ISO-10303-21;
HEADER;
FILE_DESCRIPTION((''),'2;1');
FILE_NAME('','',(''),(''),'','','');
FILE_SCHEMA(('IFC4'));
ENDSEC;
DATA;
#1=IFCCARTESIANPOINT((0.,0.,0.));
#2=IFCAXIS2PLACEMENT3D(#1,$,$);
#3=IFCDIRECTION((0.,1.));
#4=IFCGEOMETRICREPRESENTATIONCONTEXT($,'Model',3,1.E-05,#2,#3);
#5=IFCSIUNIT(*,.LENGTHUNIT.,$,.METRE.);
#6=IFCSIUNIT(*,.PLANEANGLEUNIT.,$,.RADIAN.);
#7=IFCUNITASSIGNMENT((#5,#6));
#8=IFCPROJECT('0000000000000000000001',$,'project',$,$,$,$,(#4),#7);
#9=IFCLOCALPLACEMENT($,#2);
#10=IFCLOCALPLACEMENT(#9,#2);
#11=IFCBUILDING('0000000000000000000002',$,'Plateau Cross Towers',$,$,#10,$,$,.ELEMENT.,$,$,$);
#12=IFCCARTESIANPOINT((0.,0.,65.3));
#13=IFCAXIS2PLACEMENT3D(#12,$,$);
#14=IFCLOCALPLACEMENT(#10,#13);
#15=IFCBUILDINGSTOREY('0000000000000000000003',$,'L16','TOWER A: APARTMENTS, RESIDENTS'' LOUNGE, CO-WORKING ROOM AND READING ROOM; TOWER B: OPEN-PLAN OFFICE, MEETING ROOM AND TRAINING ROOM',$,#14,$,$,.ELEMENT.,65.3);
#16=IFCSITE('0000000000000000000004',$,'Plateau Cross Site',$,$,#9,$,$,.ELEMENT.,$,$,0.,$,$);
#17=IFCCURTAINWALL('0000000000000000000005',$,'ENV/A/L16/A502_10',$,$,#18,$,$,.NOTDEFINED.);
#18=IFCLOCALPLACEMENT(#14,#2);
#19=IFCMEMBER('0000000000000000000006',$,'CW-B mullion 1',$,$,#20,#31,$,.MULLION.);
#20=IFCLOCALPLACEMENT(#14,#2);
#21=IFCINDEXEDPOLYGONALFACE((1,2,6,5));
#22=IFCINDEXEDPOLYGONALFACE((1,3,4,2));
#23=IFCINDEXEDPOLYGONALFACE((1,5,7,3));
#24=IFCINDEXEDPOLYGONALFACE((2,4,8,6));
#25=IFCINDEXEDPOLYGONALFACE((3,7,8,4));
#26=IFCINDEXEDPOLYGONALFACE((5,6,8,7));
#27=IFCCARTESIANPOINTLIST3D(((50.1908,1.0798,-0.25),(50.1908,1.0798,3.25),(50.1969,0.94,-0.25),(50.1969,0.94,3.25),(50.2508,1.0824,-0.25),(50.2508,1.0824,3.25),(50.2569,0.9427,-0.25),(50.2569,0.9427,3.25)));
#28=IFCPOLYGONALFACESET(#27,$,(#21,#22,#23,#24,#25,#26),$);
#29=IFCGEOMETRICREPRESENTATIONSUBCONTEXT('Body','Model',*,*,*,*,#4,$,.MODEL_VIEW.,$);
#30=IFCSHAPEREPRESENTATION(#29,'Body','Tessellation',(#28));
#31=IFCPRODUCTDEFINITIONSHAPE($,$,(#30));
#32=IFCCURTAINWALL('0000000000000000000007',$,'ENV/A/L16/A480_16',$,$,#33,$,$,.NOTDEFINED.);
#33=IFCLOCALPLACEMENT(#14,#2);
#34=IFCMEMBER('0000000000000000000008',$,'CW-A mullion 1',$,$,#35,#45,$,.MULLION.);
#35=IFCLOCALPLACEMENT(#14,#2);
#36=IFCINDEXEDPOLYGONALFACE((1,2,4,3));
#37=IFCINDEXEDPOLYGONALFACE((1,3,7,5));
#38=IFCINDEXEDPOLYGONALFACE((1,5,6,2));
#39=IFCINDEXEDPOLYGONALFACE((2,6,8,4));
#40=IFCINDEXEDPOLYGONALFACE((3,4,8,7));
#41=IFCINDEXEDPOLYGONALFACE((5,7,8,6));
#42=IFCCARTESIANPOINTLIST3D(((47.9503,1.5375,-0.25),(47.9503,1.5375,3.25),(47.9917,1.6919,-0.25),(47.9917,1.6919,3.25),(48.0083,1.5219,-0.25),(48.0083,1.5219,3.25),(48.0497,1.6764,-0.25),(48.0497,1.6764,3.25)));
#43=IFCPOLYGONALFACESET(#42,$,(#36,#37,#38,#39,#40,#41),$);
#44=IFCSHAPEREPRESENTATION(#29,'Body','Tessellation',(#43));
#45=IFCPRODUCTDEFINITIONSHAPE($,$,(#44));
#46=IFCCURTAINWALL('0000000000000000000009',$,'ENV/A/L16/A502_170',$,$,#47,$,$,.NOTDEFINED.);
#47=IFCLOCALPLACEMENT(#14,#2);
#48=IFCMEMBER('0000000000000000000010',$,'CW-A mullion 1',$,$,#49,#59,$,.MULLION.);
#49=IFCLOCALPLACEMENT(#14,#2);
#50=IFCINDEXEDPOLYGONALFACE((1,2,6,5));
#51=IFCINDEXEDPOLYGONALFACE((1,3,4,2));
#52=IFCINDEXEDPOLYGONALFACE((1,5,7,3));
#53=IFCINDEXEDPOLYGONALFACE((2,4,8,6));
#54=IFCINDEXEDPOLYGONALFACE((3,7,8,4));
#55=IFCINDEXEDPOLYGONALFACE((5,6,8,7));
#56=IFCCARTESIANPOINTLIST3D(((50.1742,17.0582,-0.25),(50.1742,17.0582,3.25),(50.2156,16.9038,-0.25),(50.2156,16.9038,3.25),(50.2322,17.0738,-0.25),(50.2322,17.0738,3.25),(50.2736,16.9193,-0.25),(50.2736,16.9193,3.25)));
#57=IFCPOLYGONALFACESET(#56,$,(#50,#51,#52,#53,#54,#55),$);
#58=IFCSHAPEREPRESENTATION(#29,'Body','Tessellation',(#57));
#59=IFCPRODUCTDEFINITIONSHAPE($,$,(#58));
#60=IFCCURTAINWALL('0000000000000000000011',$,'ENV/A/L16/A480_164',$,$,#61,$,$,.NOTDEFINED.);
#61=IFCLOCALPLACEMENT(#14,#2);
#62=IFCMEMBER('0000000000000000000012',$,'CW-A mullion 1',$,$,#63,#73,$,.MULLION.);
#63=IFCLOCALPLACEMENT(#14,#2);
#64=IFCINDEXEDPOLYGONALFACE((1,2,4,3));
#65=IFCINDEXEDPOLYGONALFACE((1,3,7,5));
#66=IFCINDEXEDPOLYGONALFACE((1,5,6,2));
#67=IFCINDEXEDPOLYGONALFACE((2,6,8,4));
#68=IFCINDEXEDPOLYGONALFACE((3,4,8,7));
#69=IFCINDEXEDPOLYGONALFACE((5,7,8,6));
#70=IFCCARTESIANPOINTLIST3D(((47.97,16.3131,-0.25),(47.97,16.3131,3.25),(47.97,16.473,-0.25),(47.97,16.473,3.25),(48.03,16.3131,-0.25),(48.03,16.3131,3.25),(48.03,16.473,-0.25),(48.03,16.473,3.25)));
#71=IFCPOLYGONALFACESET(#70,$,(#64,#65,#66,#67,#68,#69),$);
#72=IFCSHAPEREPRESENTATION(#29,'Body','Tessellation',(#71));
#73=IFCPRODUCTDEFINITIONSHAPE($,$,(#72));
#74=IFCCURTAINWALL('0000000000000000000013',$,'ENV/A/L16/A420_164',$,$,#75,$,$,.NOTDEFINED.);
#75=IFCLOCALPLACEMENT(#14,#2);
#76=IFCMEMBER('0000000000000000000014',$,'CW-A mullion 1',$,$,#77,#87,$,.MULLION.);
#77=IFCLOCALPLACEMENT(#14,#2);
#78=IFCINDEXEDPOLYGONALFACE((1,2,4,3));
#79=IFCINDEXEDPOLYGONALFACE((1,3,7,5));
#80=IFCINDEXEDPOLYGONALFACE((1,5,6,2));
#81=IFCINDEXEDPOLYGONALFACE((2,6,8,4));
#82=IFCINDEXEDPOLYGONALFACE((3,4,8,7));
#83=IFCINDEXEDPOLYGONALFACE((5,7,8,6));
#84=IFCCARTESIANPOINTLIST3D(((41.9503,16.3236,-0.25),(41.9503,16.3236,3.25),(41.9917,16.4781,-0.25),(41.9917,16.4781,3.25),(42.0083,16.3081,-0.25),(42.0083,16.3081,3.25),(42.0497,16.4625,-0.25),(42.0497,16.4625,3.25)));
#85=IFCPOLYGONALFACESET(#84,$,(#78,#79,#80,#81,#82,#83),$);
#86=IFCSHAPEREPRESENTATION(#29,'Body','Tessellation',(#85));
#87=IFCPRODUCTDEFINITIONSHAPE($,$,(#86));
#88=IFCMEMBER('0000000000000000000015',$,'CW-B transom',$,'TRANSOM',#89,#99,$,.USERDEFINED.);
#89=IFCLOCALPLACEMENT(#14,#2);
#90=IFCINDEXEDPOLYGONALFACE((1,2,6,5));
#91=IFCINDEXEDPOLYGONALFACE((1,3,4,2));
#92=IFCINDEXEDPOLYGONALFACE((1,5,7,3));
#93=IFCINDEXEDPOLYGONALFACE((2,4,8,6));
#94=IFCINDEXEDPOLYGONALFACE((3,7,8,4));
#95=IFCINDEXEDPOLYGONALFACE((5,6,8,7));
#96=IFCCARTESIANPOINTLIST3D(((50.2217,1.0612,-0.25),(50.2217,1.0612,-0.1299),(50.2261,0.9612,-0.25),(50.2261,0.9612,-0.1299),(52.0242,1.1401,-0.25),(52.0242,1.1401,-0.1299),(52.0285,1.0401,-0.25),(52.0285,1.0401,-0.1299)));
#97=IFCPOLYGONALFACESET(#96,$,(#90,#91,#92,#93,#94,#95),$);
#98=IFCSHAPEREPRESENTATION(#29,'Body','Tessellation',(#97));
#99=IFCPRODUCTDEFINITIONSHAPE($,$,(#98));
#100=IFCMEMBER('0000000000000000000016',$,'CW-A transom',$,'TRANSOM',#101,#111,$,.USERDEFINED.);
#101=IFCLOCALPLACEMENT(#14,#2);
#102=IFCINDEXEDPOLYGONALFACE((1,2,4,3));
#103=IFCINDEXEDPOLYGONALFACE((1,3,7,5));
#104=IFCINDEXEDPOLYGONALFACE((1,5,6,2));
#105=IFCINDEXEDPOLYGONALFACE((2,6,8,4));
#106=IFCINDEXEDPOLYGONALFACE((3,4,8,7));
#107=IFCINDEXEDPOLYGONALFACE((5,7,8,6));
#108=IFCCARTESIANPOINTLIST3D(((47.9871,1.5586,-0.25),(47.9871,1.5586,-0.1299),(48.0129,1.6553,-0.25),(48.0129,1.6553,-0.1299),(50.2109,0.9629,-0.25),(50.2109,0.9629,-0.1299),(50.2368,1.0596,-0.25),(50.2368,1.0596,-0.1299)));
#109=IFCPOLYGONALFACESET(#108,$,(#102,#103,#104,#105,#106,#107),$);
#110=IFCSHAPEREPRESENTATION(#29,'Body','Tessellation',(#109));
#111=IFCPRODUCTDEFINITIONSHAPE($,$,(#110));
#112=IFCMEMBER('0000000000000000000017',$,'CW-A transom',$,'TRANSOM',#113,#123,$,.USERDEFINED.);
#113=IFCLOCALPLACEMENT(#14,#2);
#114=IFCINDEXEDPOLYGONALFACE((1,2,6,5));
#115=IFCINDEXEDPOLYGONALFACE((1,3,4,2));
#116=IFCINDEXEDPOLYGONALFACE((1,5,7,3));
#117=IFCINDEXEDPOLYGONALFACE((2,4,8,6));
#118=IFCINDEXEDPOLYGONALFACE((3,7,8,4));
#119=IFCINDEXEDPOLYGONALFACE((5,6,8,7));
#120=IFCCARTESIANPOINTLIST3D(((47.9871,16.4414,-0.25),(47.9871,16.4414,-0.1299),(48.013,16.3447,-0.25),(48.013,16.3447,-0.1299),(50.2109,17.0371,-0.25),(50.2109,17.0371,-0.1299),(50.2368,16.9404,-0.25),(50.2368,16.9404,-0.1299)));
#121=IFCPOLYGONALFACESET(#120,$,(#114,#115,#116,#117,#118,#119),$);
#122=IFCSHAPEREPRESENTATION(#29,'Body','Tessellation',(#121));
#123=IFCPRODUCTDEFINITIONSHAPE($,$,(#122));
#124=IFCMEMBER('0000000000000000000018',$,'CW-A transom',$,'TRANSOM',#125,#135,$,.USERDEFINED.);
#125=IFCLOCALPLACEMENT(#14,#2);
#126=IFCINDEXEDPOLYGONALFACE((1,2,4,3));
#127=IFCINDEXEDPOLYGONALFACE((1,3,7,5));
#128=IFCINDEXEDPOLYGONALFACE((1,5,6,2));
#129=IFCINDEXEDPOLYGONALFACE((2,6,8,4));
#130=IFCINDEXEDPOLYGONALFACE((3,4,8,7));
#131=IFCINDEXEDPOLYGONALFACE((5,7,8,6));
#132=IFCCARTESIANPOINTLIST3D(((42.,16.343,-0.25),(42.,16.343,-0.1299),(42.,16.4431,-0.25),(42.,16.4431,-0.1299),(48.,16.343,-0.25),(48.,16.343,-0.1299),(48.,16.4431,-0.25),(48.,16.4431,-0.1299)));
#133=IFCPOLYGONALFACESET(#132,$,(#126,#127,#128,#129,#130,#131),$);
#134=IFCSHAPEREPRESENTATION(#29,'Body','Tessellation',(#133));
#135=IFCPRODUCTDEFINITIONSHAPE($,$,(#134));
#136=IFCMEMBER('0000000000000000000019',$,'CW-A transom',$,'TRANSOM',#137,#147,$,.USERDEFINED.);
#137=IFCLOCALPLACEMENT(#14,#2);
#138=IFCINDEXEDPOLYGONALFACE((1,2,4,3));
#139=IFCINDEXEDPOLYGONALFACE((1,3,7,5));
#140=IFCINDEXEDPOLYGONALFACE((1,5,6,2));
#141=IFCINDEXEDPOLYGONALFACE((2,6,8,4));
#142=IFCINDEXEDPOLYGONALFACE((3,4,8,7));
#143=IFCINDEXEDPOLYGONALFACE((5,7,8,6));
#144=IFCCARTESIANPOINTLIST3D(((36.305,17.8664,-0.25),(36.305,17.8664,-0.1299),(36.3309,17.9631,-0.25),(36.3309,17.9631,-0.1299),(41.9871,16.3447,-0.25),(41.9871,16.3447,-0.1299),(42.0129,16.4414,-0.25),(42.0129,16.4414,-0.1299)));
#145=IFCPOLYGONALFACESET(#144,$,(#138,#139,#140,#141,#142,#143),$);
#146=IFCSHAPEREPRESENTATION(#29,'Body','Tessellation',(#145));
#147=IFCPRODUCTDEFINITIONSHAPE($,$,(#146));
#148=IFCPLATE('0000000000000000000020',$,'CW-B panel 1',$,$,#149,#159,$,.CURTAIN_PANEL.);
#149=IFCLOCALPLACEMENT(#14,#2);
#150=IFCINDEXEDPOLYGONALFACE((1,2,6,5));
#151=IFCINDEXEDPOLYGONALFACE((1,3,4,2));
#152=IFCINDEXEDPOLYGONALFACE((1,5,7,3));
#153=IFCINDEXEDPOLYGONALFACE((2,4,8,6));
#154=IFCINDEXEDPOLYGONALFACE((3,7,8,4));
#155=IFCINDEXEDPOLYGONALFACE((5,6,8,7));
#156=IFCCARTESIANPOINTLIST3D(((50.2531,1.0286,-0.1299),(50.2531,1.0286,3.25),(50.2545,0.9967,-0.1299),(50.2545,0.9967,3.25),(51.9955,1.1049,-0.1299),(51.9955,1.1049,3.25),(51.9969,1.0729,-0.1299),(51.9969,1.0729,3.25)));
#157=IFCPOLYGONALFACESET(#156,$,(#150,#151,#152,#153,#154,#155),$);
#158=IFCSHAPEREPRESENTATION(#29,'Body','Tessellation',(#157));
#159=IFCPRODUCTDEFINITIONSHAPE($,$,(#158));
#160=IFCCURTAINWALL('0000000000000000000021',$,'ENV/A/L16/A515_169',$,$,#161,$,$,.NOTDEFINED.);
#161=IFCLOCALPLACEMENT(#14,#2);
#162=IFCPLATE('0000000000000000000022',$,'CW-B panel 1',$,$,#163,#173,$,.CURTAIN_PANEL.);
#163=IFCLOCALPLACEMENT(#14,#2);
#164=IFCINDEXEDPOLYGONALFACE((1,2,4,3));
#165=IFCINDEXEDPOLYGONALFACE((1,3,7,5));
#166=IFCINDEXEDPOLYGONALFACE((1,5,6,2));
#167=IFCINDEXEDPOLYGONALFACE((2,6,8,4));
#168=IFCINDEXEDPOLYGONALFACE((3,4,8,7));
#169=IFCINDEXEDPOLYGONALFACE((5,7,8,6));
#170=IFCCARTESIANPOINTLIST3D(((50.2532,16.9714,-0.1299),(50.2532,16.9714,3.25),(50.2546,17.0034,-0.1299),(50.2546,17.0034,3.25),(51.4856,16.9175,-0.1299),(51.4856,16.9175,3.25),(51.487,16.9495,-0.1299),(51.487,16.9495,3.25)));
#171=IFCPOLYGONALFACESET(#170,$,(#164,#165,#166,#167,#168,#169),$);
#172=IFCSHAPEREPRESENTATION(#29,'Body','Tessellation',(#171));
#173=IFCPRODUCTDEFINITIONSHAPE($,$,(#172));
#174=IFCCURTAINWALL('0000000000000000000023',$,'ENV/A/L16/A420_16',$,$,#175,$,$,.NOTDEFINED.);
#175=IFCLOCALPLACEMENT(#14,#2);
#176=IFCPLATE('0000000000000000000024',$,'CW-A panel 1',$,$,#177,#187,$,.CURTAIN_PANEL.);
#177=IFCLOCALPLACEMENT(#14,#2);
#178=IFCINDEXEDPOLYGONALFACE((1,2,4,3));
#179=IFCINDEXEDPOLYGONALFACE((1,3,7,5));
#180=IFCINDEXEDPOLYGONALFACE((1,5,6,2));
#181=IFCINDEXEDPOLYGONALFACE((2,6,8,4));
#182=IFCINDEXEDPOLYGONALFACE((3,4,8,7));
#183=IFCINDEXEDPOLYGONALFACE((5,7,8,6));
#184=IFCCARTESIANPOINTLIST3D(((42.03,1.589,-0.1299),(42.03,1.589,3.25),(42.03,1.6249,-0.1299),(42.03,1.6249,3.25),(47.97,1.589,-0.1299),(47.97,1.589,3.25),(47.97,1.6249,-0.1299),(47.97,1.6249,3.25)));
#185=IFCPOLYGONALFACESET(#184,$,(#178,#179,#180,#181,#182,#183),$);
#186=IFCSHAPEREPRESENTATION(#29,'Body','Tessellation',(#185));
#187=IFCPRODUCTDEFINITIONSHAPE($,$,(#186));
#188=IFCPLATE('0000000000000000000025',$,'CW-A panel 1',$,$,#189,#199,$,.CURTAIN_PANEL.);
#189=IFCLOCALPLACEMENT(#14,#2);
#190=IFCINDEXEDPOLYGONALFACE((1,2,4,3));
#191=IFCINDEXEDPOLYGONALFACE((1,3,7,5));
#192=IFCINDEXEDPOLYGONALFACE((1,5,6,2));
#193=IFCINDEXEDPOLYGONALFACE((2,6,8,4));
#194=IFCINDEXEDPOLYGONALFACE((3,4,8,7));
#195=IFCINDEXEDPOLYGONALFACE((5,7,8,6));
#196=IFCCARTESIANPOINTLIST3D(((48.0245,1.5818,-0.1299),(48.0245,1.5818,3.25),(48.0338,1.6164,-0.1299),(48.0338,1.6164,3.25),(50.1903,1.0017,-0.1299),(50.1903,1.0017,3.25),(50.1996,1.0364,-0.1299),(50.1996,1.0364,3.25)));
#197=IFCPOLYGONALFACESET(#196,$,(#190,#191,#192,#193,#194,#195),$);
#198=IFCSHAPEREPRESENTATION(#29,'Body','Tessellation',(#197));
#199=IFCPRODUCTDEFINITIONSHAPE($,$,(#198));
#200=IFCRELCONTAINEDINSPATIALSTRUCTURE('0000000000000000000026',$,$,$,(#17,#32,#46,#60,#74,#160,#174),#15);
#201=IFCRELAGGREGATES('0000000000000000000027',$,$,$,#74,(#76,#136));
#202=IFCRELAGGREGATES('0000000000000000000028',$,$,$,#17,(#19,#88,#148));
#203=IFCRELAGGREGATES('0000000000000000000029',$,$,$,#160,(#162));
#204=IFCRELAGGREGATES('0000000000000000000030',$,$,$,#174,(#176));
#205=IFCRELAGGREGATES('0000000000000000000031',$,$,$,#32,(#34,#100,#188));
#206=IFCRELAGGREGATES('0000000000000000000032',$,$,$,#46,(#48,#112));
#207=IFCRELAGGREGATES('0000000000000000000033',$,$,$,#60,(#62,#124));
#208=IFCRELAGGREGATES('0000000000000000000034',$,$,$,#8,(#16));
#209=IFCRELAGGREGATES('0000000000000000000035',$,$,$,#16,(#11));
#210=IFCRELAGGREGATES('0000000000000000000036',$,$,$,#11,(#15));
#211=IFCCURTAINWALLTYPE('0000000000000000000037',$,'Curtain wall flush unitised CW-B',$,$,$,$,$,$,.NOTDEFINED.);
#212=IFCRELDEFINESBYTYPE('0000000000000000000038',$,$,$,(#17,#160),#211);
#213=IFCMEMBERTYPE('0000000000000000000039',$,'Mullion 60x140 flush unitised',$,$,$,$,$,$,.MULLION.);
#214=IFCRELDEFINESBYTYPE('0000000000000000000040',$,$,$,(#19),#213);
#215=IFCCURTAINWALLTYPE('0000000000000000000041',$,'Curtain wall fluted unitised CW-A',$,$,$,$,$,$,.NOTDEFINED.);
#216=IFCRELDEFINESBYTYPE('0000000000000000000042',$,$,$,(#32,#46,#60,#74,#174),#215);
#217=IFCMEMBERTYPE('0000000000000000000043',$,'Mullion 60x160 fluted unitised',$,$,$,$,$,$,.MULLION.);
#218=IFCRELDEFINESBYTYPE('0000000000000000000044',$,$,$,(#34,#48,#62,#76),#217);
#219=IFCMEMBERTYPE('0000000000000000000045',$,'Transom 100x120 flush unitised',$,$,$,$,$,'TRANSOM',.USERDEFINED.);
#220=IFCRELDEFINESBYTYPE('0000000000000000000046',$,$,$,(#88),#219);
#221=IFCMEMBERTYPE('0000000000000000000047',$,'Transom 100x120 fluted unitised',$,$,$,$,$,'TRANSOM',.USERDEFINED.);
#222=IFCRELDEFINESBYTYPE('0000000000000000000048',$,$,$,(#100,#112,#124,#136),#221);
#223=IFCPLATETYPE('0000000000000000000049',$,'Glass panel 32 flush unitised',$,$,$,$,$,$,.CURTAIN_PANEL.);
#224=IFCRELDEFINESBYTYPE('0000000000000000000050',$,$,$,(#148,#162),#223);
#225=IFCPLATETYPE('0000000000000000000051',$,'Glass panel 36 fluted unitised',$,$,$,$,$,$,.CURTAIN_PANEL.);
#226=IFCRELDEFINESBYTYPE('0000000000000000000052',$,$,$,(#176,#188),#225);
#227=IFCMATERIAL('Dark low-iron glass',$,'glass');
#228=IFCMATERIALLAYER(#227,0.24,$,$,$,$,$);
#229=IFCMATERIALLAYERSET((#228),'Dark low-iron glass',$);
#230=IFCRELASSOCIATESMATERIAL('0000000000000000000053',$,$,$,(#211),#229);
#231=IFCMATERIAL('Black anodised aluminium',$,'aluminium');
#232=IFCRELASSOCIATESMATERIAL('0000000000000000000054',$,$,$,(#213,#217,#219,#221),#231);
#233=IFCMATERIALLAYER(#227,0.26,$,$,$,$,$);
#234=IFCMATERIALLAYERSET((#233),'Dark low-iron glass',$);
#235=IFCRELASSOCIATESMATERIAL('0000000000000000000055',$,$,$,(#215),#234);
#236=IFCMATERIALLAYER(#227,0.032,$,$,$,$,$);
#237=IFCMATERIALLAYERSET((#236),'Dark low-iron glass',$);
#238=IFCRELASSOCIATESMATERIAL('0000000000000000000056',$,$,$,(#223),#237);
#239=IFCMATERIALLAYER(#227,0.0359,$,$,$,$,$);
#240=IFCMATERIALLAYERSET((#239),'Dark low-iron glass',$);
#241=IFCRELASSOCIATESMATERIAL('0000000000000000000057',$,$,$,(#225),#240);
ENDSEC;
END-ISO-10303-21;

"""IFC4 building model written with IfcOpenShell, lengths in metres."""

from ifc_helpers import new_model, si_unit, direction, frame, origin, origin_2d, place, context, subcontext, project, spatial, rectangle, extrude, material, layer, layer_set, material_profile, profile_set, type_object, element, aggregate, save


model = new_model("IFC4")

# Units and contexts
model_context = context("Model", 3, precision=1e-05, world=origin(), true_north=direction((0.0, 1.0)))
body_context = subcontext(model_context, "Body", "Model", "MODEL_VIEW")
ifc_project = project(units=[si_unit("LENGTHUNIT", "METRE"), si_unit("PLANEANGLEUNIT", "RADIAN")], contexts=[model_context])

# Site, building, storey
site_placement = place(None, origin())
site = spatial("IfcSite", under=ifc_project, at=site_placement, Name="Plateau Cross Site", CompositionType="ELEMENT", RefElevation=0.0)
building_placement = place(site_placement, origin())
building = spatial("IfcBuilding", under=site, at=building_placement, Name="Plateau Cross Towers", CompositionType="ELEMENT")
storey_placement = place(building_placement, frame((0.0, 0.0, 65.3)))
storey = spatial("IfcBuildingStorey", under=building, at=storey_placement, Name="L16", Description="TOWER A: APARTMENTS, RESIDENTS' LOUNGE, CO-WORKING ROOM AND READING ROOM; TOWER B: OPEN-PLAN OFFICE, MEETING ROOM AND TRAINING ROOM", CompositionType="ELEMENT", Elevation=65.3)

# Curtain walls, members
ifc_material_1 = material(Name="Dark low-iron glass", Category="glass")
ifc_layer_1 = layer(ifc_material_1, 0.24)
ifc_layer_set_1 = layer_set([ifc_layer_1], Name="Dark low-iron glass")
curtain_wall_type_1 = type_object("IfcCurtainWallType", Name="Curtain wall flush unitised CW-B", PredefinedType="NOTDEFINED", material=ifc_layer_set_1)
curtain_wall_1_placement = place(storey_placement, origin())
curtain_wall_1 = element("IfcCurtainWall", 1, at=curtain_wall_1_placement, inside=storey, type_object=curtain_wall_type_1, Name="ENV/A/L16/A502_10", PredefinedType="NOTDEFINED")
ifc_material_2 = material(Name="Black anodised aluminium", Category="aluminium")
ifc_material_profile_1 = material_profile(ifc_material_2, rectangle(XDim=0.0601, YDim=0.1399, at=origin_2d()), Name="MULLION 60x140")
ifc_profile_set_1 = profile_set([ifc_material_profile_1], Name="Black anodised aluminium")
member_type_1 = type_object("IfcMemberType", Name="Mullion 60x140 flush unitised", PredefinedType="MULLION", material=ifc_profile_set_1)
member_1_placement = place(storey_placement, frame((50.2239, 1.0112, -0.25), z_axis=(0.0, 0.0, 1.0), x_axis=(0.999044, 0.043723, 0.0)))
member_1 = element("IfcMember", 2, at=member_1_placement, type_object=member_type_1, Name="CW-B mullion 1", PredefinedType="MULLION", context=body_context, shape_type="SweptSolid", body=[
    extrude(rectangle(XDim=0.0601, YDim=0.1399, at=origin_2d()), origin(), (0.0, 0.0, 1.0), 3.5),
])
ifc_layer_2 = layer(ifc_material_1, 0.26)
ifc_layer_set_2 = layer_set([ifc_layer_2], Name="Dark low-iron glass")
curtain_wall_type_2 = type_object("IfcCurtainWallType", Name="Curtain wall fluted unitised CW-A", PredefinedType="NOTDEFINED", material=ifc_layer_set_2)
curtain_wall_2_placement = place(storey_placement, origin())
curtain_wall_2 = element("IfcCurtainWall", 3, at=curtain_wall_2_placement, inside=storey, type_object=curtain_wall_type_2, Name="ENV/A/L16/A480_16", PredefinedType="NOTDEFINED")
ifc_material_profile_2 = material_profile(ifc_material_2, rectangle(XDim=0.0601, YDim=0.1599, at=origin_2d()), Name="MULLION 60x160")
ifc_profile_set_2 = profile_set([ifc_material_profile_2], Name="Black anodised aluminium")
member_type_2 = type_object("IfcMemberType", Name="Mullion 60x160 fluted unitised", PredefinedType="MULLION", material=ifc_profile_set_2)
member_2_placement = place(storey_placement, frame((48.0, 1.6069, -0.25), z_axis=(0.0, 0.0, 1.0), x_axis=(0.965958, -0.258699, 0.0)))
member_2 = element("IfcMember", 4, at=member_2_placement, type_object=member_type_2, Name="CW-A mullion 1", PredefinedType="MULLION", context=body_context, shape_type="SweptSolid", body=[
    extrude(rectangle(XDim=0.0601, YDim=0.1599, at=origin_2d()), origin(), (0.0, 0.0, 1.0), 3.5),
])
curtain_wall_3_placement = place(storey_placement, origin())
curtain_wall_3 = element("IfcCurtainWall", 5, at=curtain_wall_3_placement, inside=storey, type_object=curtain_wall_type_2, Name="ENV/A/L16/A502_170", PredefinedType="NOTDEFINED")
member_3_placement = place(storey_placement, frame((50.2239, 16.9888, -0.25), z_axis=(0.0, 0.0, 1.0), x_axis=(-0.965958, -0.258699, 0.0)))
member_3 = element("IfcMember", 6, at=member_3_placement, type_object=member_type_2, Name="CW-A mullion 1", PredefinedType="MULLION", context=body_context, shape_type="SweptSolid", body=[
    extrude(rectangle(XDim=0.0601, YDim=0.1599, at=origin_2d()), origin(), (0.0, 0.0, 1.0), 3.5),
])
curtain_wall_4_placement = place(storey_placement, origin())
curtain_wall_4 = element("IfcCurtainWall", 7, at=curtain_wall_4_placement, inside=storey, type_object=curtain_wall_type_2, Name="ENV/A/L16/A480_164", PredefinedType="NOTDEFINED")
member_4_placement = place(storey_placement, frame((48.0, 16.3931, -0.25), z_axis=(0.0, 0.0, 1.0), x_axis=(-1.0, 0.0, 0.0)))
member_4 = element("IfcMember", 8, at=member_4_placement, type_object=member_type_2, Name="CW-A mullion 1", PredefinedType="MULLION", context=body_context, shape_type="SweptSolid", body=[
    extrude(rectangle(XDim=0.0601, YDim=0.1599, at=origin_2d()), origin(), (0.0, 0.0, 1.0), 3.5),
])
curtain_wall_5_placement = place(storey_placement, origin())
curtain_wall_5 = element("IfcCurtainWall", 9, at=curtain_wall_5_placement, inside=storey, type_object=curtain_wall_type_2, Name="ENV/A/L16/A420_164", PredefinedType="NOTDEFINED")
member_5_placement = place(storey_placement, frame((42.0, 16.3931, -0.25), z_axis=(0.0, 0.0, 1.0), x_axis=(-0.965958, 0.258699, 0.0)))
member_5 = element("IfcMember", 10, at=member_5_placement, type_object=member_type_2, Name="CW-A mullion 1", PredefinedType="MULLION", context=body_context, shape_type="SweptSolid", body=[
    extrude(rectangle(XDim=0.0601, YDim=0.1599, at=origin_2d()), origin(), (0.0, 0.0, 1.0), 3.5),
])

# Members
ifc_material_profile_3 = material_profile(ifc_material_2, rectangle(XDim=0.1001, YDim=0.1201, at=origin_2d()), Name="TRANSOM 100x120")
ifc_profile_set_3 = profile_set([ifc_material_profile_3], Name="Black anodised aluminium")
member_type_3 = type_object("IfcMemberType", Name="Transom 100x120 flush unitised", ElementType="TRANSOM", PredefinedType="USERDEFINED", material=ifc_profile_set_3)
member_6_placement = place(storey_placement, frame((50.2239, 1.0112, -0.1899), z_axis=(0.999044, 0.043707, 0.0), x_axis=(-0.043707, 0.999044, 0.0)))
member_6 = element("IfcMember", 11, at=member_6_placement, type_object=member_type_3, Name="CW-B transom", ObjectType="TRANSOM", PredefinedType="USERDEFINED", context=body_context, shape_type="SweptSolid", body=[
    extrude(rectangle(XDim=0.1001, YDim=0.1201, at=origin_2d()), origin(), (0.0, 0.0, 1.0), 1.8042),
])
ifc_material_profile_4 = material_profile(ifc_material_2, rectangle(XDim=0.1001, YDim=0.1201, at=origin_2d()), Name="TRANSOM 100x120")
ifc_profile_set_4 = profile_set([ifc_material_profile_4], Name="Black anodised aluminium")
member_type_4 = type_object("IfcMemberType", Name="Transom 100x120 fluted unitised", ElementType="TRANSOM", PredefinedType="USERDEFINED", material=ifc_profile_set_4)
member_7_placement = place(storey_placement, frame((48.0, 1.6069, -0.1899), z_axis=(0.965946, -0.258745, 0.0), x_axis=(0.258745, 0.965946, 0.0)))
member_7 = element("IfcMember", 12, at=member_7_placement, type_object=member_type_4, Name="CW-A transom", ObjectType="TRANSOM", PredefinedType="USERDEFINED", context=body_context, shape_type="SweptSolid", body=[
    extrude(rectangle(XDim=0.1001, YDim=0.1201, at=origin_2d()), origin(), (0.0, 0.0, 1.0), 2.3022),
])
member_8_placement = place(storey_placement, frame((50.2239, 16.9888, -0.1899), z_axis=(-0.965946, -0.258745, 0.0), x_axis=(0.258745, -0.965946, 0.0)))
member_8 = element("IfcMember", 13, at=member_8_placement, type_object=member_type_4, Name="CW-A transom", ObjectType="TRANSOM", PredefinedType="USERDEFINED", context=body_context, shape_type="SweptSolid", body=[
    extrude(rectangle(XDim=0.1001, YDim=0.1201, at=origin_2d()), origin(), (0.0, 0.0, 1.0), 2.3022),
])
member_9_placement = place(storey_placement, frame((48.0, 16.3931, -0.1899), z_axis=(-1.0, 0.0, 0.0), x_axis=(0.0, -1.0, 0.0)))
member_9 = element("IfcMember", 14, at=member_9_placement, type_object=member_type_4, Name="CW-A transom", ObjectType="TRANSOM", PredefinedType="USERDEFINED", context=body_context, shape_type="SweptSolid", body=[
    extrude(rectangle(XDim=0.1001, YDim=0.1201, at=origin_2d()), origin(), (0.0, 0.0, 1.0), 6.0),
])
member_10_placement = place(storey_placement, frame((42.0, 16.3931, -0.1899), z_axis=(-0.96596, 0.258693, 0.0), x_axis=(-0.258693, -0.96596, 0.0)))
member_10 = element("IfcMember", 15, at=member_10_placement, type_object=member_type_4, Name="CW-A transom", ObjectType="TRANSOM", PredefinedType="USERDEFINED", context=body_context, shape_type="SweptSolid", body=[
    extrude(rectangle(XDim=0.1001, YDim=0.1201, at=origin_2d()), origin(), (0.0, 0.0, 1.0), 5.8823),
])
aggregate(curtain_wall_5, [member_5, member_10])

# Plate
ifc_layer_3 = layer(ifc_material_1, 0.032)
ifc_layer_set_3 = layer_set([ifc_layer_3], Name="Dark low-iron glass")
plate_type_1 = type_object("IfcPlateType", Name="Glass panel 32 flush unitised", PredefinedType="CURTAIN_PANEL", material=ifc_layer_set_3)
plate_1_placement = place(storey_placement, frame((51.125, 1.0508, -0.1299), z_axis=(0.0, 0.0, 1.0), x_axis=(0.999044, 0.043723, 0.0)))
plate_1 = element("IfcPlate", 16, at=plate_1_placement, type_object=plate_type_1, Name="CW-B panel 1", PredefinedType="CURTAIN_PANEL", context=body_context, shape_type="SweptSolid", body=[
    extrude(rectangle(XDim=1.7441, YDim=0.032, at=origin_2d()), origin(), (0.0, 0.0, 1.0), 3.3799),
])
aggregate(curtain_wall_1, [member_1, member_6, plate_1])

# Curtain walls, plates
curtain_wall_6_placement = place(storey_placement, origin())
curtain_wall_6 = element("IfcCurtainWall", 17, at=curtain_wall_6_placement, inside=storey, type_object=curtain_wall_type_1, Name="ENV/A/L16/A515_169", PredefinedType="NOTDEFINED")
plate_2_placement = place(storey_placement, frame((50.8701, 16.9604, -0.1299), z_axis=(0.0, 0.0, 1.0), x_axis=(-0.999044, 0.043723, 0.0)))
plate_2 = element("IfcPlate", 18, at=plate_2_placement, type_object=plate_type_1, Name="CW-B panel 1", PredefinedType="CURTAIN_PANEL", context=body_context, shape_type="SweptSolid", body=[
    extrude(rectangle(XDim=1.2336, YDim=0.032, at=origin_2d()), origin(), (0.0, 0.0, 1.0), 3.3799),
])
aggregate(curtain_wall_6, [plate_2])
curtain_wall_7_placement = place(storey_placement, origin())
curtain_wall_7 = element("IfcCurtainWall", 19, at=curtain_wall_7_placement, inside=storey, type_object=curtain_wall_type_2, Name="ENV/A/L16/A420_16", PredefinedType="NOTDEFINED")
ifc_layer_4 = layer(ifc_material_1, 0.0359)
ifc_layer_set_4 = layer_set([ifc_layer_4], Name="Dark low-iron glass")
plate_type_2 = type_object("IfcPlateType", Name="Glass panel 36 fluted unitised", PredefinedType="CURTAIN_PANEL", material=ifc_layer_set_4)
plate_3_placement = place(storey_placement, frame((45.0, 1.6069, -0.1299), z_axis=(0.0, 0.0, 1.0), x_axis=(1.0, 0.0, 0.0)))
plate_3 = element("IfcPlate", 20, at=plate_3_placement, type_object=plate_type_2, Name="CW-A panel 1", PredefinedType="CURTAIN_PANEL", context=body_context, shape_type="SweptSolid", body=[
    extrude(rectangle(XDim=5.9399, YDim=0.0359, at=origin_2d()), origin(), (0.0, 0.0, 1.0), 3.3799),
])
aggregate(curtain_wall_7, [plate_3])

# Plate
plate_4_placement = place(storey_placement, frame((49.1121, 1.3091, -0.1299), z_axis=(0.0, 0.0, 1.0), x_axis=(0.965958, -0.258699, 0.0)))
plate_4 = element("IfcPlate", 21, at=plate_4_placement, type_object=plate_type_2, Name="CW-A panel 1", PredefinedType="CURTAIN_PANEL", context=body_context, shape_type="SweptSolid", body=[
    extrude(rectangle(XDim=2.2422, YDim=0.0359, at=origin_2d()), origin(), (0.0, 0.0, 1.0), 3.3799),
])
aggregate(curtain_wall_2, [member_2, member_7, plate_4])
aggregate(curtain_wall_3, [member_3, member_8])
aggregate(curtain_wall_4, [member_4, member_9])

save(model, "model.ifc")
